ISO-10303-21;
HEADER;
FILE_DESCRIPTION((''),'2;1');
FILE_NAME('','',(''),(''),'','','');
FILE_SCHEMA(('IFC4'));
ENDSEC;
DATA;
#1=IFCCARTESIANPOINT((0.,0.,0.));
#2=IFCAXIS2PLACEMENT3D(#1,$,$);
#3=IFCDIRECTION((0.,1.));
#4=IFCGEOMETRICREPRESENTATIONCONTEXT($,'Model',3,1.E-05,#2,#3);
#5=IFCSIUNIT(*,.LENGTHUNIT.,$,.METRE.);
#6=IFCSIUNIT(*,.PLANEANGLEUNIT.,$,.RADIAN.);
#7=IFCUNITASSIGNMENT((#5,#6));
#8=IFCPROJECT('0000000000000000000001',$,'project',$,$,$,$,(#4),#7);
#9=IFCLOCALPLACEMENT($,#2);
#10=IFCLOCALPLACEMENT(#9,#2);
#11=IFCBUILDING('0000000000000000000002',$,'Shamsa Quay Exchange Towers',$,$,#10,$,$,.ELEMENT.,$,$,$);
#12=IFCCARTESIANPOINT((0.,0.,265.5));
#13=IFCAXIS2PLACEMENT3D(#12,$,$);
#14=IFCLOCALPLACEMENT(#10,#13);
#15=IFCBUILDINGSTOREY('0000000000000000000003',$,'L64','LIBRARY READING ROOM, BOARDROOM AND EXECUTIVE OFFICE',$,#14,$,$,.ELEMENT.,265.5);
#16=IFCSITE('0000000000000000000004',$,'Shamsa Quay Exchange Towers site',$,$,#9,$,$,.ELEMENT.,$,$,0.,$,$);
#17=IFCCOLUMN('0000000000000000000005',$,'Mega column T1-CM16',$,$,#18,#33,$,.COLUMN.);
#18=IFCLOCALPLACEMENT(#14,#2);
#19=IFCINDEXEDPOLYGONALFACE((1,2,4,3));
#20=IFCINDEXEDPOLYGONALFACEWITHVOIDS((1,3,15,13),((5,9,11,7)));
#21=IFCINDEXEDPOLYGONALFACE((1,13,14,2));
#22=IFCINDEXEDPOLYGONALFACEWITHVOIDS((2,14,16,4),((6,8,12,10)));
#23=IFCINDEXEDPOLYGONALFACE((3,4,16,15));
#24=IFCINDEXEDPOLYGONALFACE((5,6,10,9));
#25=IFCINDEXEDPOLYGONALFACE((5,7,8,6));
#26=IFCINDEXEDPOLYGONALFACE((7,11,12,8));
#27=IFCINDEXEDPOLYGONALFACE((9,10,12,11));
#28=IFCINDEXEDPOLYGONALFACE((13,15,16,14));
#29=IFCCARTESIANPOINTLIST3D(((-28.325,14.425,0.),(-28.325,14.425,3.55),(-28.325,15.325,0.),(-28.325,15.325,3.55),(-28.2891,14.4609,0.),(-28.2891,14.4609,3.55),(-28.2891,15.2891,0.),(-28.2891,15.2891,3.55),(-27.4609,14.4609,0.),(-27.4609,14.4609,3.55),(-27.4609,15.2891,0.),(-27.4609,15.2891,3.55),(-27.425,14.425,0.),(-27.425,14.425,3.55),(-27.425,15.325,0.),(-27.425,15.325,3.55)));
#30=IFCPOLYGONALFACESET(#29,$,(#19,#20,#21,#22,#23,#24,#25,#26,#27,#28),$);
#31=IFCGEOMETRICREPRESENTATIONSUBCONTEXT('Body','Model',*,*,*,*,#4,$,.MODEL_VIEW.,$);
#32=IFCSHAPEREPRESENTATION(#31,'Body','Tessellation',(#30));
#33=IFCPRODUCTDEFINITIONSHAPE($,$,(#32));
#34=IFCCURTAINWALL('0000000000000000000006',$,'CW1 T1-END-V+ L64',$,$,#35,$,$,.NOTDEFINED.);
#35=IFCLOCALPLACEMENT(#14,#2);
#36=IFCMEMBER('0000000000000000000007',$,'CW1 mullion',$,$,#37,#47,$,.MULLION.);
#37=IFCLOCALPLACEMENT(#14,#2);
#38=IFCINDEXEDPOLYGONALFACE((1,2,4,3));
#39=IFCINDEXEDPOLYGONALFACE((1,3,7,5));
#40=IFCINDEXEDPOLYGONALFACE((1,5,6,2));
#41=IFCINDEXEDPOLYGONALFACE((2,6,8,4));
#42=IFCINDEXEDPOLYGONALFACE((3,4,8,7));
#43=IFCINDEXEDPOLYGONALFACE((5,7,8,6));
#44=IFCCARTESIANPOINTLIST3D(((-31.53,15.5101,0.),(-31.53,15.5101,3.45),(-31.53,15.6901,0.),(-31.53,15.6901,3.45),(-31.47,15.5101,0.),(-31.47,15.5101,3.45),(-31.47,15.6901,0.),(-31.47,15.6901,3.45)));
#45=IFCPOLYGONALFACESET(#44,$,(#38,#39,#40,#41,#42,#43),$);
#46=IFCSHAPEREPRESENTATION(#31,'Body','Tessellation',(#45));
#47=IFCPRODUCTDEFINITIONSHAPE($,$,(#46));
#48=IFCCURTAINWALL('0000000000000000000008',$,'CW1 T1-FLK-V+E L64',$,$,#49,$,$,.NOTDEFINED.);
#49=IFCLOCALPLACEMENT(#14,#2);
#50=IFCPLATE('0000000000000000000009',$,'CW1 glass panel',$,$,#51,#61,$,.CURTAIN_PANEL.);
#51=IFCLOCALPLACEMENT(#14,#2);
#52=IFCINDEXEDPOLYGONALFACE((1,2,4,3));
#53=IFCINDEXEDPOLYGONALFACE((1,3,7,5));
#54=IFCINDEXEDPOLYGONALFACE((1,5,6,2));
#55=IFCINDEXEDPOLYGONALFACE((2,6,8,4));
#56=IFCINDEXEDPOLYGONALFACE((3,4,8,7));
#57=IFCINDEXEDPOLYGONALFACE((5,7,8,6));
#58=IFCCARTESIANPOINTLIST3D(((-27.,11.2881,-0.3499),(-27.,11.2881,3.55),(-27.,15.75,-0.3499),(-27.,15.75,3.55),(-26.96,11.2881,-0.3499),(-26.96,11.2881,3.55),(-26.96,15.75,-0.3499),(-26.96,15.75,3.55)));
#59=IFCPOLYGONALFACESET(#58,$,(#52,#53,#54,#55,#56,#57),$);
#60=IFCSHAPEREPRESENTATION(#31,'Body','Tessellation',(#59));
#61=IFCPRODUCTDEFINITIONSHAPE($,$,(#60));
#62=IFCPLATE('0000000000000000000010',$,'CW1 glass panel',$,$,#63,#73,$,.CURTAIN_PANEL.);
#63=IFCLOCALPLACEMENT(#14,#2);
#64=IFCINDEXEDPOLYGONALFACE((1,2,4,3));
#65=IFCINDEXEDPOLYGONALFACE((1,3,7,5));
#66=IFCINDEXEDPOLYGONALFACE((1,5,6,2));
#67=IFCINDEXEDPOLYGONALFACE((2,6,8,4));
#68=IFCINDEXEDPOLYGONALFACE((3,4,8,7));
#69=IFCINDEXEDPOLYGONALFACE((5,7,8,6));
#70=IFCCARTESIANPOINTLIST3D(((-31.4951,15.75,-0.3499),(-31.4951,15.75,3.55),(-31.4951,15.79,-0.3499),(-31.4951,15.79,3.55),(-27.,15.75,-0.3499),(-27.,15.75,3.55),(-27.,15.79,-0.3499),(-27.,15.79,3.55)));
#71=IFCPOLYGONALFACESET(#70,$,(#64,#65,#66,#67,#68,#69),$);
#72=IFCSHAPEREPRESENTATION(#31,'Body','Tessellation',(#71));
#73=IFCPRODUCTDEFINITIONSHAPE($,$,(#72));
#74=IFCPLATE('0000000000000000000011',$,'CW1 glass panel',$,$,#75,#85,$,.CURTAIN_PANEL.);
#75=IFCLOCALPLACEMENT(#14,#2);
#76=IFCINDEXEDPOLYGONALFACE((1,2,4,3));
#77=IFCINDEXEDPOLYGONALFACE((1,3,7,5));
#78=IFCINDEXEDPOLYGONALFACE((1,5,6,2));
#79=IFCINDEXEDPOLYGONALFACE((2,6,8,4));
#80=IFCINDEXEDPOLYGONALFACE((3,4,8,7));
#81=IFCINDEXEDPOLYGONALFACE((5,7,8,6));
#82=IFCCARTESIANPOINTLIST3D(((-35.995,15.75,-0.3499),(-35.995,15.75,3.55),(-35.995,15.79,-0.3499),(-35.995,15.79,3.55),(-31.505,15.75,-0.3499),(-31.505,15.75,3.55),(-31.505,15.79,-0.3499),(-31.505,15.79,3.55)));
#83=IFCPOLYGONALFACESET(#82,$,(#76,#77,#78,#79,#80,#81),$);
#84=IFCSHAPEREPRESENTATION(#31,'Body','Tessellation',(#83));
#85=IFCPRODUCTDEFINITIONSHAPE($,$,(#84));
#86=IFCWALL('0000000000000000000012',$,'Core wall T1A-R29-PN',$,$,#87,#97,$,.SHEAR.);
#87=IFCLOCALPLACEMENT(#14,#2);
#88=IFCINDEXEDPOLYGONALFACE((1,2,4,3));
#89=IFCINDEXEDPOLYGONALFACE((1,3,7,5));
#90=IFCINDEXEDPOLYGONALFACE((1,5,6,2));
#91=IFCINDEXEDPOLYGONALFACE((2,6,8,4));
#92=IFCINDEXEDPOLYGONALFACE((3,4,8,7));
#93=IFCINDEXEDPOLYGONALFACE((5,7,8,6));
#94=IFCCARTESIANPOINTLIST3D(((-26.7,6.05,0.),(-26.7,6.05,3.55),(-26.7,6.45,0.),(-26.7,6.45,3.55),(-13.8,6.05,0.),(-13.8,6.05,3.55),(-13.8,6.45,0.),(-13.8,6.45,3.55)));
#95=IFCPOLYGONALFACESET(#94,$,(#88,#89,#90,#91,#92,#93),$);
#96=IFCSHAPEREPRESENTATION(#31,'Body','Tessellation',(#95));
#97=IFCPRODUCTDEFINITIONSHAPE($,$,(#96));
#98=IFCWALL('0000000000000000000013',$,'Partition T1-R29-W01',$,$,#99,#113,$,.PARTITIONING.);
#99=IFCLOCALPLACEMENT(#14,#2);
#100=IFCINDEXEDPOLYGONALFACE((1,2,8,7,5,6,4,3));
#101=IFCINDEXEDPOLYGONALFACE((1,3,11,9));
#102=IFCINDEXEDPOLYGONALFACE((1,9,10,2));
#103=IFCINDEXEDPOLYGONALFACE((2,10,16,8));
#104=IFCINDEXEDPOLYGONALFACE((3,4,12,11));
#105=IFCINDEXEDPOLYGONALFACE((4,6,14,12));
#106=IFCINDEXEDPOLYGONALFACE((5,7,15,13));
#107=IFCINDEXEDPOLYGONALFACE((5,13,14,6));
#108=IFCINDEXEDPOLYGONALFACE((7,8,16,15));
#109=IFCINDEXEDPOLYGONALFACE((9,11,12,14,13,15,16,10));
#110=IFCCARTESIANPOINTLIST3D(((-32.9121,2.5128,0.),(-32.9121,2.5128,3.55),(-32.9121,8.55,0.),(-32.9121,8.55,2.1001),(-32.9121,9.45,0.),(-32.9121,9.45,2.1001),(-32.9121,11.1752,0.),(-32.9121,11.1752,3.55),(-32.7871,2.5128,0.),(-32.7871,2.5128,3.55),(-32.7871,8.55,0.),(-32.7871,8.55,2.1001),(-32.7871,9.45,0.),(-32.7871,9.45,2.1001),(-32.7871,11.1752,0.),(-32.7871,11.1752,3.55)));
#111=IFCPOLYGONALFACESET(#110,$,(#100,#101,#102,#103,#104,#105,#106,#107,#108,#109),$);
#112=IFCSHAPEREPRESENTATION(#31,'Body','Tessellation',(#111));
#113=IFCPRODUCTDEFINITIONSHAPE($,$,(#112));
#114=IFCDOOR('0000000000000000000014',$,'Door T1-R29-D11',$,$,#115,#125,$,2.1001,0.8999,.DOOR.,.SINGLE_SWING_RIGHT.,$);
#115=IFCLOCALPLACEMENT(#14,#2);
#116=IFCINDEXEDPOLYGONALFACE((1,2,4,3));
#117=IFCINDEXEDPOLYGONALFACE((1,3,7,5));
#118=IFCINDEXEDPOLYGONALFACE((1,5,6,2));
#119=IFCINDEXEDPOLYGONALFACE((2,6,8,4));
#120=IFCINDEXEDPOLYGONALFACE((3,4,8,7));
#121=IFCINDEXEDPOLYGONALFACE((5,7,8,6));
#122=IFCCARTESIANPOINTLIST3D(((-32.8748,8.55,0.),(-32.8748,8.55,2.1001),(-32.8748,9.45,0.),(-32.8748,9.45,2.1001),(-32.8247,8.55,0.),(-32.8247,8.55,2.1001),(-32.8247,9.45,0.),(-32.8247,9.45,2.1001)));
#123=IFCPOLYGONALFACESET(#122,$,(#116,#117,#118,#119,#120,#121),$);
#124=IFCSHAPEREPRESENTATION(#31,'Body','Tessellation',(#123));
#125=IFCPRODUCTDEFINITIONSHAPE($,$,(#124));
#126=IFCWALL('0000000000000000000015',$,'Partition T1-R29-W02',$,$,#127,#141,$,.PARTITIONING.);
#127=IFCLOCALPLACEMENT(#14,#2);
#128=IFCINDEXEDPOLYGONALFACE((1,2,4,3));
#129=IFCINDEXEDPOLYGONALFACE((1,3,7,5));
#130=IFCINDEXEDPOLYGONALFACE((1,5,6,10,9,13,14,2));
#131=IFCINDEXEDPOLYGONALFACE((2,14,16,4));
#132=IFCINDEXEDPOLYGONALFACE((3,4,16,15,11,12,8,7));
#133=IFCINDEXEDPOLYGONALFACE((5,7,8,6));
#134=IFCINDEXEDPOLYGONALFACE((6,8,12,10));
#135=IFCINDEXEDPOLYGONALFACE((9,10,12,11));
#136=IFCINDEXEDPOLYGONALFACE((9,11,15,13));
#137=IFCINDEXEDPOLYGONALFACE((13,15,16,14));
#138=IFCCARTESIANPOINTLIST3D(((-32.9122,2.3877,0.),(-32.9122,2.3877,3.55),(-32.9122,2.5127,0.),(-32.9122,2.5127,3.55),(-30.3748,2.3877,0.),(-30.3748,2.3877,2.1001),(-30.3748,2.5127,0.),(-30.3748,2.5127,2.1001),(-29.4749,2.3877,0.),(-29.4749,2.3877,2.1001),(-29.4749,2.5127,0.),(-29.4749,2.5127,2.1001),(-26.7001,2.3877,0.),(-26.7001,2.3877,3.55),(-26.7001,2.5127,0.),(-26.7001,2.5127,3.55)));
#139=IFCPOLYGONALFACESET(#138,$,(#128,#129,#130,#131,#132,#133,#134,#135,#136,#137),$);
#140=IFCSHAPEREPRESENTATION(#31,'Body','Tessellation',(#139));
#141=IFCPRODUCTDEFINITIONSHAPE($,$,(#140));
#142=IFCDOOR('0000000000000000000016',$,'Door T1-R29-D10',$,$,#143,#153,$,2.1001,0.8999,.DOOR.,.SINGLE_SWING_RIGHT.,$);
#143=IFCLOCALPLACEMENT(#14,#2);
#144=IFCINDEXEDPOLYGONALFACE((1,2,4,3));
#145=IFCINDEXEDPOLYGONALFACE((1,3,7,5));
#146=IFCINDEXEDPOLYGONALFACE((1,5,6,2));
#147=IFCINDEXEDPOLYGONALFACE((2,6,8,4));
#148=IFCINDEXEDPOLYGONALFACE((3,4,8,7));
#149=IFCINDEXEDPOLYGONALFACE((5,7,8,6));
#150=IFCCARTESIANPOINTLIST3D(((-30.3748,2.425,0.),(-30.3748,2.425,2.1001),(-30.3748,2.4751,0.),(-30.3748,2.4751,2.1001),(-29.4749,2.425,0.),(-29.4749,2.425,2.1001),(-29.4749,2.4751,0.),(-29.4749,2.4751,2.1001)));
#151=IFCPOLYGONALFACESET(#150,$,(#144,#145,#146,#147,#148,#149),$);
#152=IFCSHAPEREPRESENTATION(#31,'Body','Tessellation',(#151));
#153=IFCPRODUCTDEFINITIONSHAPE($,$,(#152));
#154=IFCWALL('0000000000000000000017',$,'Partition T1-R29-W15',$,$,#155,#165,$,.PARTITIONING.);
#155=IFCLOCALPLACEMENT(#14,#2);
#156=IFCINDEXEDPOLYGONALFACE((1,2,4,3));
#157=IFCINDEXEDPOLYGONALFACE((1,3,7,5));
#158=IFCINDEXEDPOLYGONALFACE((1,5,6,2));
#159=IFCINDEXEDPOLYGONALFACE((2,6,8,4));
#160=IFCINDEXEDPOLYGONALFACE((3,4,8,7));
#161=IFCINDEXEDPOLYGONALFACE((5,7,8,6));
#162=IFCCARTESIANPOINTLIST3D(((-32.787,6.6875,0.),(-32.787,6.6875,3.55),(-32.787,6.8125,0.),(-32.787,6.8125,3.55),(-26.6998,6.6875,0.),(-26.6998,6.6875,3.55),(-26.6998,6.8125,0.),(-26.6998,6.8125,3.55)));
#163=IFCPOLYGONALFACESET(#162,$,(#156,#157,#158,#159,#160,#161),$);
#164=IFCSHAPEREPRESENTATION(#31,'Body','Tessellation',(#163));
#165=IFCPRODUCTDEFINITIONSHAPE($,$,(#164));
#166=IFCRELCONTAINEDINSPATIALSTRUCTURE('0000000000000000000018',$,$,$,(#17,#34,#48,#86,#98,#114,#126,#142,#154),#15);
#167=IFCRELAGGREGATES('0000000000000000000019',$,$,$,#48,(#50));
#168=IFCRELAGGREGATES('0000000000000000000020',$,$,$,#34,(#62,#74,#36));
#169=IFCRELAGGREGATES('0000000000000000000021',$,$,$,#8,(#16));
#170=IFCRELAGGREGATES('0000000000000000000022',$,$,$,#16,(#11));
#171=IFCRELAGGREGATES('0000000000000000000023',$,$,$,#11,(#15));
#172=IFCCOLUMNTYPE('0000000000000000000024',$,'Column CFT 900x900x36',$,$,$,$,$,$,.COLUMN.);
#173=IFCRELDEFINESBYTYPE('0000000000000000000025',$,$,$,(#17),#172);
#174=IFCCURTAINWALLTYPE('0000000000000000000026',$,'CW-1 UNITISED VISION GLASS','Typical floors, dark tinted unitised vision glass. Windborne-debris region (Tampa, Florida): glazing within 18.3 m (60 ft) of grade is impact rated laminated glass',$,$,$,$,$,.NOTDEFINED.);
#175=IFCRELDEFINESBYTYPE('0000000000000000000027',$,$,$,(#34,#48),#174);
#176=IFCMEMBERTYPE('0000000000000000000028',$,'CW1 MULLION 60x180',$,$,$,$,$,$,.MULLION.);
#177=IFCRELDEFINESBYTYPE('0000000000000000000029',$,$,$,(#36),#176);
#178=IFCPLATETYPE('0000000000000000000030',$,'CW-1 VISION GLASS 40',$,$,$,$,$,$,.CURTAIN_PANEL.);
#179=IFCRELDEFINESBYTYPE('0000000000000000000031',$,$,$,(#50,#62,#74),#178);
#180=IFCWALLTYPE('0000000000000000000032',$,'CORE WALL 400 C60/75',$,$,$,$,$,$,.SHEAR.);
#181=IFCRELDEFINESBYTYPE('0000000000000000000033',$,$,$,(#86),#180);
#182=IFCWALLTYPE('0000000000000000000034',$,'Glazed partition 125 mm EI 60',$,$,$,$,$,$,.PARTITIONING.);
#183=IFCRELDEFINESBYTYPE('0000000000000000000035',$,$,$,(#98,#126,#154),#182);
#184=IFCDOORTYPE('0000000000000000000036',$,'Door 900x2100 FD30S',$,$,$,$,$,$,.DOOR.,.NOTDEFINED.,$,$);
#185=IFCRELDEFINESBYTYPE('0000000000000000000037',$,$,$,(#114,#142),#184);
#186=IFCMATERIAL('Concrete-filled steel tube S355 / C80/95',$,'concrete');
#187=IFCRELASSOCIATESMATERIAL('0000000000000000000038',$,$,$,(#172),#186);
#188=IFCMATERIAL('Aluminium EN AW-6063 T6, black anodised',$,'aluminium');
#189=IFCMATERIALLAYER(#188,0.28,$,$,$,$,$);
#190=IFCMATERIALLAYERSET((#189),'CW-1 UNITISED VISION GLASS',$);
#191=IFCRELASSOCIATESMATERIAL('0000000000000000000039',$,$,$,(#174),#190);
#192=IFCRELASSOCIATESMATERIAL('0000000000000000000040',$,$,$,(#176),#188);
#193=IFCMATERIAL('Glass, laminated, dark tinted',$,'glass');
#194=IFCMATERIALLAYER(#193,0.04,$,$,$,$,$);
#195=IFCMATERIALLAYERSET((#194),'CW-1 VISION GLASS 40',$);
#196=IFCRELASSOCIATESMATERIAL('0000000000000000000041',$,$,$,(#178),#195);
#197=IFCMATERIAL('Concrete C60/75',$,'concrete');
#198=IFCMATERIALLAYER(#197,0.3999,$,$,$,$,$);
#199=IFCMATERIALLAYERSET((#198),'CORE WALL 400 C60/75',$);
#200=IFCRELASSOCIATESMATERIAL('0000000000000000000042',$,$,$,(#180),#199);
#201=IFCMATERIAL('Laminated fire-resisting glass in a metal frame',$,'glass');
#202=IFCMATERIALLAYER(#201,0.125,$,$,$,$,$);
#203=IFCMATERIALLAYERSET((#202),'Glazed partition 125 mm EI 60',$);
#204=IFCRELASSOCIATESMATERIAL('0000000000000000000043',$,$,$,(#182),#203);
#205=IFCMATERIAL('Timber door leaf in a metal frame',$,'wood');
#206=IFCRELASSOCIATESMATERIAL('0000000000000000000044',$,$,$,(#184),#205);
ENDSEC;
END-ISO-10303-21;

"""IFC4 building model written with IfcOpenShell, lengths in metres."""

from ifc_helpers import new_model, si_unit, direction, frame, frame_2d, origin, origin_2d, place, context, subcontext, project, spatial, rectangle, hollow_rectangle, extrude, material, layer, layer_set, material_profile, profile_set, type_object, element, fill, aggregate, save


model = new_model("IFC4")

# Units and contexts
model_context = context("Model", 3, precision=1e-05, world=origin(), true_north=direction((0.0, 1.0)))
body_context = subcontext(model_context, "Body", "Model", "MODEL_VIEW")
ifc_project = project(units=[si_unit("LENGTHUNIT", "METRE"), si_unit("PLANEANGLEUNIT", "RADIAN")], contexts=[model_context])

# Site, building, storey
site_placement = place(None, origin())
site = spatial("IfcSite", under=ifc_project, at=site_placement, Name="Shamsa Quay Exchange Towers site", CompositionType="ELEMENT", RefElevation=0.0)
building_placement = place(site_placement, origin())
building = spatial("IfcBuilding", under=site, at=building_placement, Name="Shamsa Quay Exchange Towers", CompositionType="ELEMENT")
storey_placement = place(building_placement, frame((0.0, 0.0, 265.5)))
storey = spatial("IfcBuildingStorey", under=building, at=storey_placement, Name="L64", Description="LIBRARY READING ROOM, BOARDROOM AND EXECUTIVE OFFICE", CompositionType="ELEMENT", Elevation=265.5)

# Column
ifc_material_1 = material(Name="Concrete-filled steel tube S355 / C80/95", Category="concrete")
ifc_material_profile_1 = material_profile(ifc_material_1, hollow_rectangle(XDim=0.8999, YDim=0.8999, WallThickness=0.0359, at=origin_2d()), Name="CFT 900x900x36")
ifc_profile_set_1 = profile_set([ifc_material_profile_1], Name="Concrete-filled steel tube S355 / C80/95")
column_type = type_object("IfcColumnType", Name="Column CFT 900x900x36", PredefinedType="COLUMN", material=ifc_profile_set_1)
column_placement = place(storey_placement, frame((-27.875, 14.875, 0.0)))
element("IfcColumn", 1, at=column_placement, inside=storey, type_object=column_type, Name="Mega column T1-CM16", PredefinedType="COLUMN", context=body_context, shape_type="SweptSolid", body=[
    extrude(hollow_rectangle(XDim=0.8999, YDim=0.8999, WallThickness=0.0359, at=origin_2d()), origin(), (0.0, 0.0, 1.0), 3.55),
])

# Curtain wall, member
ifc_material_2 = material(Name="Aluminium EN AW-6063 T6, black anodised", Category="aluminium")
ifc_layer_1 = layer(ifc_material_2, 0.28)
ifc_layer_set_1 = layer_set([ifc_layer_1], Name="CW-1 UNITISED VISION GLASS")
curtain_wall_type = type_object("IfcCurtainWallType", Name="CW-1 UNITISED VISION GLASS", Description="Typical floors, dark tinted unitised vision glass. Windborne-debris region (Tampa, Florida): glazing within 18.3 m (60 ft) of grade is impact rated laminated glass", PredefinedType="NOTDEFINED", material=ifc_layer_set_1)
curtain_wall_1_placement = place(storey_placement, origin())
curtain_wall_1 = element("IfcCurtainWall", 2, at=curtain_wall_1_placement, inside=storey, type_object=curtain_wall_type, Name="CW1 T1-END-V+ L64", PredefinedType="NOTDEFINED")
ifc_material_profile_2 = material_profile(ifc_material_2, rectangle(XDim=0.1799, YDim=0.0601, at=origin_2d()), Name="MU60x180")
ifc_profile_set_2 = profile_set([ifc_material_profile_2], Name="Aluminium EN AW-6063 T6, black anodised")
member_type = type_object("IfcMemberType", Name="CW1 MULLION 60x180", PredefinedType="MULLION", material=ifc_profile_set_2)
member_placement = place(storey_placement, frame((-31.5, 15.6001, 0.0), z_axis=(0.0, 0.0, 1.0), x_axis=(0.0, -1.0, 0.0)))
member = element("IfcMember", 3, at=member_placement, type_object=member_type, Name="CW1 mullion", PredefinedType="MULLION", context=body_context, shape_type="SweptSolid", body=[
    extrude(rectangle(XDim=0.1799, YDim=0.0601, at=origin_2d()), origin(), (0.0, 0.0, 1.0), 3.45),
])

# Curtain wall, plate
curtain_wall_2_placement = place(storey_placement, origin())
curtain_wall_2 = element("IfcCurtainWall", 4, at=curtain_wall_2_placement, inside=storey, type_object=curtain_wall_type, Name="CW1 T1-FLK-V+E L64", PredefinedType="NOTDEFINED")
ifc_material_3 = material(Name="Glass, laminated, dark tinted", Category="glass")
ifc_layer_2 = layer(ifc_material_3, 0.04)
ifc_layer_set_2 = layer_set([ifc_layer_2], Name="CW-1 VISION GLASS 40")
plate_type = type_object("IfcPlateType", Name="CW-1 VISION GLASS 40", PredefinedType="CURTAIN_PANEL", material=ifc_layer_set_2)
plate_1_placement = place(storey_placement, frame((-26.98, 13.519, -0.3499), z_axis=(0.0, 0.0, 1.0), x_axis=(0.0, 1.0, 0.0)))
plate_1 = element("IfcPlate", 5, at=plate_1_placement, type_object=plate_type, Name="CW1 glass panel", PredefinedType="CURTAIN_PANEL", context=body_context, shape_type="SweptSolid", body=[
    extrude(rectangle(XDim=4.4619, YDim=0.04, at=origin_2d()), origin(), (0.0, 0.0, 1.0), 3.8999),
])
aggregate(curtain_wall_2, [plate_1])

# Plates
plate_2_placement = place(storey_placement, frame((-29.2476, 15.77, -0.3499), z_axis=(0.0, 0.0, 1.0), x_axis=(-1.0, 0.0, 0.0)))
plate_2 = element("IfcPlate", 6, at=plate_2_placement, type_object=plate_type, Name="CW1 glass panel", PredefinedType="CURTAIN_PANEL", context=body_context, shape_type="SweptSolid", body=[
    extrude(rectangle(XDim=4.4951, YDim=0.04, at=origin_2d()), origin(), (0.0, 0.0, 1.0), 3.8999),
])
plate_3_placement = place(storey_placement, frame((-33.75, 15.77, -0.3499), z_axis=(0.0, 0.0, 1.0), x_axis=(-1.0, 0.0, 0.0)))
plate_3 = element("IfcPlate", 7, at=plate_3_placement, type_object=plate_type, Name="CW1 glass panel", PredefinedType="CURTAIN_PANEL", context=body_context, shape_type="SweptSolid", body=[
    extrude(rectangle(XDim=4.49, YDim=0.04, at=origin_2d()), origin(), (0.0, 0.0, 1.0), 3.8999),
])
aggregate(curtain_wall_1, [plate_2, plate_3, member])

# Wall
ifc_material_4 = material(Name="Concrete C60/75", Category="concrete")
ifc_layer_3 = layer(ifc_material_4, 0.3999)
ifc_layer_set_3 = layer_set([ifc_layer_3], Name="CORE WALL 400 C60/75")
wall_type_1 = type_object("IfcWallType", Name="CORE WALL 400 C60/75", PredefinedType="SHEAR", material=ifc_layer_set_3)
wall_1_placement = place(storey_placement, frame((-26.7, 6.25, 0.0)))
element("IfcWall", 8, at=wall_1_placement, inside=storey, type_object=wall_type_1, Name="Core wall T1A-R29-PN", PredefinedType="SHEAR", context=body_context, shape_type="SweptSolid", body=[
    extrude(rectangle(XDim=12.8999, YDim=0.3999, at=frame_2d((6.45, 0.0))), origin(), (0.0, 0.0, 1.0), 3.55),
])

# Walls, openings, doors
ifc_material_5 = material(Name="Laminated fire-resisting glass in a metal frame", Category="glass")
ifc_layer_4 = layer(ifc_material_5, 0.125)
ifc_layer_set_4 = layer_set([ifc_layer_4], Name="Glazed partition 125 mm EI 60")
wall_type_2 = type_object("IfcWallType", Name="Glazed partition 125 mm EI 60", PredefinedType="PARTITIONING", material=ifc_layer_set_4)
wall_2_placement = place(storey_placement, frame((-32.8496, 11.175, 0.0), z_axis=(0.0, 0.0, 1.0), x_axis=(0.0, -1.0, 0.0)))
wall_2 = element("IfcWall", 9, at=wall_2_placement, inside=storey, type_object=wall_type_2, Name="Partition T1-R29-W01", PredefinedType="PARTITIONING", context=body_context, shape_type="SweptSolid", body=[
    extrude(rectangle(XDim=8.6624, YDim=0.125, at=frame_2d((4.3311, 0.0))), origin(), (0.0, 0.0, 1.0), 3.55),
])
opening_1_placement = place(wall_2_placement, frame((1.7251, 0.0, 0.0)))
opening_1 = element("IfcOpeningElement", 10, at=opening_1_placement, cuts=wall_2, PredefinedType="OPENING", context=body_context, shape_type="SweptSolid", body=[
    extrude(rectangle(XDim=0.8999, YDim=2.1001, at=frame_2d((0.45, 1.05))), frame((0.0, 0.0725, 0.0), z_axis=(0.0, -1.0, 0.0), x_axis=(1.0, 0.0, 0.0)), (0.0, 0.0, 1.0), 0.145),
])
ifc_material_6 = material(Name="Timber door leaf in a metal frame", Category="wood")
door_type_1 = type_object("IfcDoorType", Name="Door 900x2100 FD30S", OperationType="NOTDEFINED", PredefinedType="DOOR", material=ifc_material_6)
door_1_placement = place(opening_1_placement, origin())
door_1 = element("IfcDoor", 11, at=door_1_placement, inside=storey, type_object=door_type_1, Name="Door T1-R29-D11", OperationType="SINGLE_SWING_RIGHT", OverallHeight=2.1001, OverallWidth=0.8999, PredefinedType="DOOR", context=body_context, shape_type="SweptSolid", body=[
    extrude(rectangle(XDim=0.8999, YDim=2.1001, at=frame_2d((0.45, 1.05))), frame((0.0, 0.0249, 0.0), z_axis=(0.0, -1.0, 0.0), x_axis=(1.0, 0.0, 0.0)), (0.0, 0.0, 1.0), 0.05),
])
fill(opening_1, door_1)
wall_3_placement = place(storey_placement, frame((-32.9121, 2.4502, 0.0)))
wall_3 = element("IfcWall", 12, at=wall_3_placement, inside=storey, type_object=wall_type_2, Name="Partition T1-R29-W02", PredefinedType="PARTITIONING", context=body_context, shape_type="SweptSolid", body=[
    extrude(rectangle(XDim=6.2122, YDim=0.125, at=frame_2d((3.106, 0.0))), origin(), (0.0, 0.0, 1.0), 3.55),
])
opening_2_placement = place(wall_3_placement, frame((2.5374, 0.0, 0.0)))
opening_2 = element("IfcOpeningElement", 13, at=opening_2_placement, cuts=wall_3, PredefinedType="OPENING", context=body_context, shape_type="SweptSolid", body=[
    extrude(rectangle(XDim=0.8999, YDim=2.1001, at=frame_2d((0.45, 1.05))), frame((0.0, 0.0725, 0.0), z_axis=(0.0, -1.0, 0.0), x_axis=(1.0, 0.0, 0.0)), (0.0, 0.0, 1.0), 0.145),
])
door_2_placement = place(opening_2_placement, origin())
door_2 = element("IfcDoor", 14, at=door_2_placement, inside=storey, type_object=door_type_1, Name="Door T1-R29-D10", OperationType="SINGLE_SWING_RIGHT", OverallHeight=2.1001, OverallWidth=0.8999, PredefinedType="DOOR", context=body_context, shape_type="SweptSolid", body=[
    extrude(rectangle(XDim=0.8999, YDim=2.1001, at=frame_2d((0.45, 1.05))), frame((0.0, 0.0249, 0.0), z_axis=(0.0, -1.0, 0.0), x_axis=(1.0, 0.0, 0.0)), (0.0, 0.0, 1.0), 0.05),
])
fill(opening_2, door_2)

# Wall
wall_4_placement = place(storey_placement, frame((-26.7, 6.75, 0.0), z_axis=(0.0, 0.0, 1.0), x_axis=(-1.0, 0.0, 0.0)))
element("IfcWall", 15, at=wall_4_placement, inside=storey, type_object=wall_type_2, Name="Partition T1-R29-W15", PredefinedType="PARTITIONING", context=body_context, shape_type="SweptSolid", body=[
    extrude(rectangle(XDim=6.0872, YDim=0.125, at=frame_2d((3.0435, 0.0))), origin(), (0.0, 0.0, 1.0), 3.55),
])

save(model, "model.ifc")
